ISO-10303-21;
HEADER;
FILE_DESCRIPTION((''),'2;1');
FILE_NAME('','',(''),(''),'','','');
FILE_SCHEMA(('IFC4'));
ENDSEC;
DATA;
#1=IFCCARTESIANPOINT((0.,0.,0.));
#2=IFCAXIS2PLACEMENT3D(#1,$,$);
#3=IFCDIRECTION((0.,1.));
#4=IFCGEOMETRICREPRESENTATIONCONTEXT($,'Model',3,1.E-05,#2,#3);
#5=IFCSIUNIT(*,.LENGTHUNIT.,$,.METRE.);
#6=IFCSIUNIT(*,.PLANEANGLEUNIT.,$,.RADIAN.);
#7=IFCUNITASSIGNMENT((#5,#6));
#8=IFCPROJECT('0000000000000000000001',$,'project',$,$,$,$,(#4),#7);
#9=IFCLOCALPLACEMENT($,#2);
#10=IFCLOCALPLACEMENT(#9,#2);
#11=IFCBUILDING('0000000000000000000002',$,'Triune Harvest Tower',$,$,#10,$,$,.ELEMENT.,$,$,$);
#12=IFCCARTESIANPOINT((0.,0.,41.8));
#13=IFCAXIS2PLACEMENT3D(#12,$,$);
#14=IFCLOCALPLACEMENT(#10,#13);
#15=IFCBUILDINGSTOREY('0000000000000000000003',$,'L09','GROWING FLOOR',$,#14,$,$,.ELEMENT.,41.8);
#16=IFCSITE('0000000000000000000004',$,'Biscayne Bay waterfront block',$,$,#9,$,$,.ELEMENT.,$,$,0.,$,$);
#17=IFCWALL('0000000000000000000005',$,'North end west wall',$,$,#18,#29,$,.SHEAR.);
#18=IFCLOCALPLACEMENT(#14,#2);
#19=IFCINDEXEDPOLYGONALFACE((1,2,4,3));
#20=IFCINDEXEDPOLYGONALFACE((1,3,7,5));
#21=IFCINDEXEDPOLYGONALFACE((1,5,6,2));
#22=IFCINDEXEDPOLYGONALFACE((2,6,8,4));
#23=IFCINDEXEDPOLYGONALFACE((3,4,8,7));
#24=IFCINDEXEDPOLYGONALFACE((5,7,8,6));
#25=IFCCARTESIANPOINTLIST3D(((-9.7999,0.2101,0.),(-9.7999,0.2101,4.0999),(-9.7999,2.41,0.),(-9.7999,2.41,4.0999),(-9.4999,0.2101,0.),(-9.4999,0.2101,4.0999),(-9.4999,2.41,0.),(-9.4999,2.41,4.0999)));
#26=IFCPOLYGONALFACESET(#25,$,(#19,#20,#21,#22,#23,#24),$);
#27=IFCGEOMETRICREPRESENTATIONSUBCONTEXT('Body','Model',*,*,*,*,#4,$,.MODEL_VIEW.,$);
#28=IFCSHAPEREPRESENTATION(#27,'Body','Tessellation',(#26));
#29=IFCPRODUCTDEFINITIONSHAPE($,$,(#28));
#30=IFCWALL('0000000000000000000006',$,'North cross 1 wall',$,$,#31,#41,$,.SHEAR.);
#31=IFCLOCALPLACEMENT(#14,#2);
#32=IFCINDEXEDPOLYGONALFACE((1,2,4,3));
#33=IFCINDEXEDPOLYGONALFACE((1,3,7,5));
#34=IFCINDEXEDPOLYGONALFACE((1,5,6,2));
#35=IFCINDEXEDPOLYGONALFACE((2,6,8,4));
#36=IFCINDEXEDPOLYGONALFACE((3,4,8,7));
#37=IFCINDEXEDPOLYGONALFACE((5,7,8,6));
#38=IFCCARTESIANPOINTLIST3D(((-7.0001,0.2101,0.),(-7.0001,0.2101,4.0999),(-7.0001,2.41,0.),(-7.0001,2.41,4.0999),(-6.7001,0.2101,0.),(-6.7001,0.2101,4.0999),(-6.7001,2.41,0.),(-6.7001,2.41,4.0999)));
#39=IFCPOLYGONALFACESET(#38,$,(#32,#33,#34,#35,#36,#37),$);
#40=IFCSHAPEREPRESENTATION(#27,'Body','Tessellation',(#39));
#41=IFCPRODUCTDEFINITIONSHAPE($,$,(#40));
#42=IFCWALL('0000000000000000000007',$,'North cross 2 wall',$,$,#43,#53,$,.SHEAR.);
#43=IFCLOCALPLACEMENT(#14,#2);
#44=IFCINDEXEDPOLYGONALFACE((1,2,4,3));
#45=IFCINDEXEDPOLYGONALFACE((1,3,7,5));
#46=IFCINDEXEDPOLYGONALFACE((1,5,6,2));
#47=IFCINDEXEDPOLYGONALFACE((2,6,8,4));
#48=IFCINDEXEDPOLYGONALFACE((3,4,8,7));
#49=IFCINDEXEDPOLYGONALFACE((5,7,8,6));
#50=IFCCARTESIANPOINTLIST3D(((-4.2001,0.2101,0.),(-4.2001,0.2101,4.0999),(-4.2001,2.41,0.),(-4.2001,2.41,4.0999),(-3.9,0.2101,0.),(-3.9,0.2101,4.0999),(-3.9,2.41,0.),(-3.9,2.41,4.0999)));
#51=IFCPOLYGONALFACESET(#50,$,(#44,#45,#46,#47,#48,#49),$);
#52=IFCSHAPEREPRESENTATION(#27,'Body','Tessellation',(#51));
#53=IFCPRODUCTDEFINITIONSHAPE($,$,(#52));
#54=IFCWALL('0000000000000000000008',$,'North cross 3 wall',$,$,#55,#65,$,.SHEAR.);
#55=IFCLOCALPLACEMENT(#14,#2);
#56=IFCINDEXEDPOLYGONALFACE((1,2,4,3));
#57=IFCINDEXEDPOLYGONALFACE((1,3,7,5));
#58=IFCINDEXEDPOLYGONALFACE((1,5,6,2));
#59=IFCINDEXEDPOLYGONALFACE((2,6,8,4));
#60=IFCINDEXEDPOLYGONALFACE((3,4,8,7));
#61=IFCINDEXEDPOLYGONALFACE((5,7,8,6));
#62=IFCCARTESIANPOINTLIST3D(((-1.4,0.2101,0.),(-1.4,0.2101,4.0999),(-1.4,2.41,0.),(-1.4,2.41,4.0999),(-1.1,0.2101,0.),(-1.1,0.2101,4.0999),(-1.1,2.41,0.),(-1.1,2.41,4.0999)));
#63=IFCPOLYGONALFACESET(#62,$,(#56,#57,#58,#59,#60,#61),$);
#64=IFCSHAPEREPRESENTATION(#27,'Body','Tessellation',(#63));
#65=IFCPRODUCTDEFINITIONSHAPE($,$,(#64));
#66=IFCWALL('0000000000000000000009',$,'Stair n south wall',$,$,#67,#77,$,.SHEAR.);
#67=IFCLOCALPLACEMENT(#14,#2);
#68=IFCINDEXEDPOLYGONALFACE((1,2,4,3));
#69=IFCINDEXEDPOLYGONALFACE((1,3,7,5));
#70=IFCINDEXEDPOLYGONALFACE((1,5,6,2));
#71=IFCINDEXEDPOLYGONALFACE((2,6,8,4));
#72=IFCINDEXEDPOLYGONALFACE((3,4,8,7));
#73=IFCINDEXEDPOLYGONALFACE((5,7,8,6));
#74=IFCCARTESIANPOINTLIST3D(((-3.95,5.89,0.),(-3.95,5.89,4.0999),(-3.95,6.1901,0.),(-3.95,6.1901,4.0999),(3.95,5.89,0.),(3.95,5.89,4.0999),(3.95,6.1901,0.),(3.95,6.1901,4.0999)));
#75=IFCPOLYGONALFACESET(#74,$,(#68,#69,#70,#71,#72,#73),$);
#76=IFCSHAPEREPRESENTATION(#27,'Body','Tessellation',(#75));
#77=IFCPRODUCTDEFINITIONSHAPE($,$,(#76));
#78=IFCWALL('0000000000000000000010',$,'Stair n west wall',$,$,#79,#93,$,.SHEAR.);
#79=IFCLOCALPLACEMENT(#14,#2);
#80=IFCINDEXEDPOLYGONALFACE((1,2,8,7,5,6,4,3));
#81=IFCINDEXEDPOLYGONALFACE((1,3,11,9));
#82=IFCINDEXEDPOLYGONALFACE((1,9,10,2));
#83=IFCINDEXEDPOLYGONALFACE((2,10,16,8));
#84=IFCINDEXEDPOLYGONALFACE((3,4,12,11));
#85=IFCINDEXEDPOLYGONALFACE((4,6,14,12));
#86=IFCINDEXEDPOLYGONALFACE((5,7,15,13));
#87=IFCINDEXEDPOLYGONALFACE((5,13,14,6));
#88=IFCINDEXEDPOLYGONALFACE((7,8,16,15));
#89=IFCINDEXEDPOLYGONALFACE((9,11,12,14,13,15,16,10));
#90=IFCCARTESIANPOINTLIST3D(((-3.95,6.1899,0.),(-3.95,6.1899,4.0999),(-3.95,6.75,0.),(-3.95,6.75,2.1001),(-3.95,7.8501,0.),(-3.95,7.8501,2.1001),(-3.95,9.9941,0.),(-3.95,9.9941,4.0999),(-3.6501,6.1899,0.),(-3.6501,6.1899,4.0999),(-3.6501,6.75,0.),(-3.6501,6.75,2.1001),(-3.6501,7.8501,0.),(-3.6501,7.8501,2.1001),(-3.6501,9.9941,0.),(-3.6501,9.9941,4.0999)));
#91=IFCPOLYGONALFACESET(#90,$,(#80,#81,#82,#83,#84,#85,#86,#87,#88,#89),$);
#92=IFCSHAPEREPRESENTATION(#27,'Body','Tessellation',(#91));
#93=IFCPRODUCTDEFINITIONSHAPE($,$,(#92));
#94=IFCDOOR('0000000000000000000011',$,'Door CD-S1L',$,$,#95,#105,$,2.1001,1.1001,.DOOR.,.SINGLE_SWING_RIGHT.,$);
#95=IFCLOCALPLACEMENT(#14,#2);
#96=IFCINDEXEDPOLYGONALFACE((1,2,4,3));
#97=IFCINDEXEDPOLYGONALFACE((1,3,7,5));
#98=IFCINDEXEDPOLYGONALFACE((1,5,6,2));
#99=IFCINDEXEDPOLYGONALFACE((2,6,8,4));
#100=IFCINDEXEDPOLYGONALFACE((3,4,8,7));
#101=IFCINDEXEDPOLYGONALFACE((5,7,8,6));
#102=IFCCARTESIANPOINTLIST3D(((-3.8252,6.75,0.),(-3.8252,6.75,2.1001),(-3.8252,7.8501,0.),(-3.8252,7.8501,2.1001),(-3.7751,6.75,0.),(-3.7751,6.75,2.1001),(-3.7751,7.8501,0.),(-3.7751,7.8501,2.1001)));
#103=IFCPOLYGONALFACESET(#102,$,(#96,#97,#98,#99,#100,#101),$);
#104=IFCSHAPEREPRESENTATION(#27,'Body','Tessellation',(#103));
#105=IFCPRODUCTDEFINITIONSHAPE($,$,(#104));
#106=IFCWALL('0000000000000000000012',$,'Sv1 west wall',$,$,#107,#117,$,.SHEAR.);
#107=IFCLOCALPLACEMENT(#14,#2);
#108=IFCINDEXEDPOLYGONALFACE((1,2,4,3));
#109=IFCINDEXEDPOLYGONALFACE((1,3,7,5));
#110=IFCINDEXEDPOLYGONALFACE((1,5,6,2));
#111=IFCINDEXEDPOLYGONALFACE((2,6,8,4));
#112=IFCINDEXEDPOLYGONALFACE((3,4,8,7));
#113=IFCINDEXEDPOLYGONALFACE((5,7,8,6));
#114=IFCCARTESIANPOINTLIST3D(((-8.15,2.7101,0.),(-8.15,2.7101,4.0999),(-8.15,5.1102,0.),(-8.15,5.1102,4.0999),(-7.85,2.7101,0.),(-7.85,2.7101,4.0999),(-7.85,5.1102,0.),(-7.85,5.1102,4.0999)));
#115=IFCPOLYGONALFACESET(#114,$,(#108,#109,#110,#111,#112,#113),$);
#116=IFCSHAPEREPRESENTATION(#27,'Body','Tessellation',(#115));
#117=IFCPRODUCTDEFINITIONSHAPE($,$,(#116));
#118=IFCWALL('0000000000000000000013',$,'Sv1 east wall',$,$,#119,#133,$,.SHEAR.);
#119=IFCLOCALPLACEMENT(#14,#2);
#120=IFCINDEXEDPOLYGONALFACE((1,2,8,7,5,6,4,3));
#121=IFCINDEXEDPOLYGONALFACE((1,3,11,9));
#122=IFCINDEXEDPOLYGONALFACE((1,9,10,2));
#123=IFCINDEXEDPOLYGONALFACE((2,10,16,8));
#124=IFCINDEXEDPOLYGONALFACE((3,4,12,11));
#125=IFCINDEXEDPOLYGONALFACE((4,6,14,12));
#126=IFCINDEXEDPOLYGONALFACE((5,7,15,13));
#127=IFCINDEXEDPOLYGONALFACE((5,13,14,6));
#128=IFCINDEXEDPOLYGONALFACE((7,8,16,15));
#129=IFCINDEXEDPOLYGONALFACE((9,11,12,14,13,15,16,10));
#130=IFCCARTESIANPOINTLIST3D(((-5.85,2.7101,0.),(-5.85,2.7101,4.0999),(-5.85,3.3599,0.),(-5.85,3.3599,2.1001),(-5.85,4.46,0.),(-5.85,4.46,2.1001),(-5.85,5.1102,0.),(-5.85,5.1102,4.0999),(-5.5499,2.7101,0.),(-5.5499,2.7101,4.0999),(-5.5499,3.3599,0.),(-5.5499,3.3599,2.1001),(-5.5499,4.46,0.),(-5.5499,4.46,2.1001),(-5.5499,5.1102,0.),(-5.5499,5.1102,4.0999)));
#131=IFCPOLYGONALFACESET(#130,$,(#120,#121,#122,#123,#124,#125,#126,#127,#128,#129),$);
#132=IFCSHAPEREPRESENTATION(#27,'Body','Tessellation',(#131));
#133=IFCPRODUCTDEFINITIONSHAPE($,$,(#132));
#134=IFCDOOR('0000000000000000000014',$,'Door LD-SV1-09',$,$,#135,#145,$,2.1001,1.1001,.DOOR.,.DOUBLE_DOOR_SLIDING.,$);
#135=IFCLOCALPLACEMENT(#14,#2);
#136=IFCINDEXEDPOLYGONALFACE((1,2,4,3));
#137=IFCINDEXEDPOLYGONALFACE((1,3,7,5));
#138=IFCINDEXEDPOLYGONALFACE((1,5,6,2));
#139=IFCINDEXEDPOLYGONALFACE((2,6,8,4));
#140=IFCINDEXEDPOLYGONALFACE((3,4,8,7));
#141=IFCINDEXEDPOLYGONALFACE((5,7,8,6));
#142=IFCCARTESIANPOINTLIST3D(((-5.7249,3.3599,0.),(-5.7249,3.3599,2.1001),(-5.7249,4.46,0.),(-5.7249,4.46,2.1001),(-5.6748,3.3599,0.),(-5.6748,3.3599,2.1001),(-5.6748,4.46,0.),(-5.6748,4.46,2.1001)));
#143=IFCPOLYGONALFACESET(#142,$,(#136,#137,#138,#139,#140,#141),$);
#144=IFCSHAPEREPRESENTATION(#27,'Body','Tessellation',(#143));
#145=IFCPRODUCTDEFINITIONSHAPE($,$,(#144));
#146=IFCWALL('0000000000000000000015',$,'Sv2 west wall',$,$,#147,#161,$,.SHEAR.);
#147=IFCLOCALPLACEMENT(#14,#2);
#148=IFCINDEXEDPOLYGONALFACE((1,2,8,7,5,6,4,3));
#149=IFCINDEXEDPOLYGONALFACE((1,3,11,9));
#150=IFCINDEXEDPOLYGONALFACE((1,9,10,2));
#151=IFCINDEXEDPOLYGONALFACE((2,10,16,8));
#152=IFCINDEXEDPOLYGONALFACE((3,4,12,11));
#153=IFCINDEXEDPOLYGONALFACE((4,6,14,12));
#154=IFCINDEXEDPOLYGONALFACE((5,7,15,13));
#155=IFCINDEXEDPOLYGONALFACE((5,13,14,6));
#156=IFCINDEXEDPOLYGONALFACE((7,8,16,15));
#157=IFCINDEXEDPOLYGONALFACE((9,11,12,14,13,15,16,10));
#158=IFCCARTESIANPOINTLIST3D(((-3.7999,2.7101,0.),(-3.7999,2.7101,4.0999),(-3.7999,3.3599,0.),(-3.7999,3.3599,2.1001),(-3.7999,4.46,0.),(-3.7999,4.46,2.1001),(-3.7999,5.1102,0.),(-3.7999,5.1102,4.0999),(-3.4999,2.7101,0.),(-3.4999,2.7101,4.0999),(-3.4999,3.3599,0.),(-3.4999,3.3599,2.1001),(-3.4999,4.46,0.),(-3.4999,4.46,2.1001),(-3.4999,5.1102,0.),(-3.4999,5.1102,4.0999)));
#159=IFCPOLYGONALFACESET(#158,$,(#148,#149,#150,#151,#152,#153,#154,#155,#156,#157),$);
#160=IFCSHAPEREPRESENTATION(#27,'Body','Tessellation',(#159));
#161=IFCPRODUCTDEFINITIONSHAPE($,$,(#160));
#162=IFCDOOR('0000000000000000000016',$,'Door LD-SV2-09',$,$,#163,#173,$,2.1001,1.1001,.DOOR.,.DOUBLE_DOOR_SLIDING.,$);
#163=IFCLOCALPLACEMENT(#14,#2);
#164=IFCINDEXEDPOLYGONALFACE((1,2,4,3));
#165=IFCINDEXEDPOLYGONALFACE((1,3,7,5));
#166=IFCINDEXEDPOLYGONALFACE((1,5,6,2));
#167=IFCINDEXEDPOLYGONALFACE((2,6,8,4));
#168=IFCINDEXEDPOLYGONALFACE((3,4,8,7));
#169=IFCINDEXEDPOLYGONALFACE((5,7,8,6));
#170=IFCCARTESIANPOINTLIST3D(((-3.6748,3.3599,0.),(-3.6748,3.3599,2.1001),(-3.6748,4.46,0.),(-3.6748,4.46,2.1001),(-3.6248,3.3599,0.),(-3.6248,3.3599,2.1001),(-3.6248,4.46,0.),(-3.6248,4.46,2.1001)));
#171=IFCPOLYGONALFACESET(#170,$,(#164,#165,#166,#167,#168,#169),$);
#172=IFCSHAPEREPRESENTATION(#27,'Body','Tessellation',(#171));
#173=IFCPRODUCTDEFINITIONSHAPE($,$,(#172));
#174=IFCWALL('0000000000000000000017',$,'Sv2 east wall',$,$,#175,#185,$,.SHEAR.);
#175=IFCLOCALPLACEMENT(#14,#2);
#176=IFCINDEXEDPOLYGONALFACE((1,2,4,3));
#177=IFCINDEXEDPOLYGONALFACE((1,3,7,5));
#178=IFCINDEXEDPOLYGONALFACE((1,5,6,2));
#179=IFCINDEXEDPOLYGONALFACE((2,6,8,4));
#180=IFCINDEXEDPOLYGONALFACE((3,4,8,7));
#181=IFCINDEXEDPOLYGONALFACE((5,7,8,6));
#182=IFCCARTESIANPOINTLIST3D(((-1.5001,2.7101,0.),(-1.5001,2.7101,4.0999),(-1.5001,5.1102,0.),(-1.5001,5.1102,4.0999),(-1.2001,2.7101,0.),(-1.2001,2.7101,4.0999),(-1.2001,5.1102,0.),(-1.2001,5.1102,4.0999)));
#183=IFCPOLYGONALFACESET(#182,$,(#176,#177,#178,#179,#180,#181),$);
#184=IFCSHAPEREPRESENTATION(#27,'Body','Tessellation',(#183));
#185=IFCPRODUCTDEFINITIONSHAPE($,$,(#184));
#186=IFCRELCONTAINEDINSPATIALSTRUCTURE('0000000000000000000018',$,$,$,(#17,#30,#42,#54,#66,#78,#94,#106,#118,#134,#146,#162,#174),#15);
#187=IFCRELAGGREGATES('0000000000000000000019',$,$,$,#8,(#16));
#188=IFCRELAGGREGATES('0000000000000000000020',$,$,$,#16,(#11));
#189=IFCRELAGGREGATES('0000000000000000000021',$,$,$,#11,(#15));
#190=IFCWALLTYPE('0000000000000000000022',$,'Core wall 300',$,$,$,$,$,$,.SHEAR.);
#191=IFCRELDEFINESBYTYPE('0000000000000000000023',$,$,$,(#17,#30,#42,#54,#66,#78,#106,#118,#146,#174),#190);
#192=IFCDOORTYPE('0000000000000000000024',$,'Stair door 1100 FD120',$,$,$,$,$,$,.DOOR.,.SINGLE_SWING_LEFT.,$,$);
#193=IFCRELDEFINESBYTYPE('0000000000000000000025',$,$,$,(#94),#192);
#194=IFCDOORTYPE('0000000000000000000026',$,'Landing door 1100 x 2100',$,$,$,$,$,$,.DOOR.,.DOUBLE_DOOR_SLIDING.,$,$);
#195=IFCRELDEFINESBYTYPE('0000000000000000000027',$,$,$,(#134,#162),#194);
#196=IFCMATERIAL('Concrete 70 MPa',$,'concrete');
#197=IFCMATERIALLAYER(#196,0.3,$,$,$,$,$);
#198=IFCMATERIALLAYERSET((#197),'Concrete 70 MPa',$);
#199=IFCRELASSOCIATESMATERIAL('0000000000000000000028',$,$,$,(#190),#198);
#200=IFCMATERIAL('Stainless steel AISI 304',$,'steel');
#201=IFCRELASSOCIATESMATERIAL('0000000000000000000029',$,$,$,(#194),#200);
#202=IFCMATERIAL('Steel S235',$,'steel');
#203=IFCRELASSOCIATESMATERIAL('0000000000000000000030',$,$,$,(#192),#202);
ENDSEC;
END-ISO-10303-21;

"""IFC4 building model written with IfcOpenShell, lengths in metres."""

from ifc_helpers import new_model, si_unit, direction, frame, frame_2d, origin, place, context, subcontext, project, spatial, polyline, rectangle, outline, extrude, source, transform, mapped, material, layer, layer_set, type_object, element, fill, save


model = new_model("IFC4")

# Units and contexts
model_context = context("Model", 3, precision=1e-05, world=origin(), true_north=direction((0.0, 1.0)))
body_context = subcontext(model_context, "Body", "Model", "MODEL_VIEW")
ifc_project = project(units=[si_unit("LENGTHUNIT", "METRE"), si_unit("PLANEANGLEUNIT", "RADIAN")], contexts=[model_context])

# Site, building, storey
site_placement = place(None, origin())
site = spatial("IfcSite", under=ifc_project, at=site_placement, Name="Biscayne Bay waterfront block", CompositionType="ELEMENT", RefElevation=0.0)
building_placement = place(site_placement, origin())
building = spatial("IfcBuilding", under=site, at=building_placement, Name="Triune Harvest Tower", CompositionType="ELEMENT")
storey_placement = place(building_placement, frame((0.0, 0.0, 41.8)))
storey = spatial("IfcBuildingStorey", under=building, at=storey_placement, Name="L09", Description="GROWING FLOOR", CompositionType="ELEMENT", Elevation=41.8)

# Shared definitions
ifc_material_1 = material(Name="Concrete 70 MPa", Category="concrete")
ifc_layer_1 = layer(ifc_material_1, 0.3)
ifc_layer_set_1 = layer_set([ifc_layer_1], Name="Concrete 70 MPa")
wall_type = type_object("IfcWallType", Name="Core wall 300", PredefinedType="SHEAR", material=ifc_layer_set_1)
ifc_material_2 = material(Name="Stainless steel AISI 304", Category="steel")
door_type_1 = type_object("IfcDoorType", Name="Landing door 1100 x 2100", OperationType="DOUBLE_DOOR_SLIDING", PredefinedType="DOOR", material=ifc_material_2)

# Walls
shared_shape_1 = source(origin(), body_context, "Body", "SweptSolid", [
    extrude(rectangle(XDim=2.2, YDim=0.3, at=frame_2d((1.1001, 0.0))), origin(), (0.0, 0.0, 1.0), 4.0999),
])
for number, where, z_axis, x_axis, name in (
    (1, (-9.6499, 0.21, 0.0), (0.0, 0.0, 1.0), (0.0, 1.0, 0.0), "North end west wall"),
    (2, (-6.8501, 0.21, 0.0), (0.0, 0.0, 1.0), (0.0, 1.0, 0.0), "North cross 1 wall"),
    (3, (-4.05, 0.21, 0.0), (0.0, 0.0, 1.0), (0.0, 1.0, 0.0), "North cross 2 wall"),
    (4, (-1.25, 0.21, 0.0), (0.0, 0.0, 1.0), (0.0, 1.0, 0.0), "North cross 3 wall"),
):
    element("IfcWall", number, at=place(storey_placement, frame(where, z_axis=z_axis, x_axis=x_axis)), inside=storey, type_object=wall_type, Name=name, PredefinedType="SHEAR", context=body_context, shape_type="MappedRepresentation", body=[
        mapped(shared_shape_1, transform((0.0, 0.0, 0.0), scale=1.0)),
    ])
shared_shape_2 = source(origin(), body_context, "Body", "SweptSolid", [
    extrude(rectangle(XDim=7.8999, YDim=0.3, at=frame_2d((3.95, 0.0))), origin(), (0.0, 0.0, 1.0), 4.0999),
])
wall_1_placement = place(storey_placement, frame((-3.95, 6.04, 0.0), z_axis=(0.0, 0.0, 1.0), x_axis=(1.0, 0.0, 0.0)))
element("IfcWall", 5, at=wall_1_placement, inside=storey, type_object=wall_type, Name="Stair n south wall", PredefinedType="SHEAR", context=body_context, shape_type="MappedRepresentation", body=[
    mapped(shared_shape_2, transform((0.0, 0.0, 0.0), scale=1.0)),
])

# Wall, opening, door
shared_shape_3 = source(origin(), body_context, "Body", "SweptSolid", [
    extrude(outline(polyline([(0.0, -0.1499), (0.0, 0.1499), (3.8042, 0.1499), (3.8042, -0.1499), (0.0, -0.1499)])), origin(), (0.0, 0.0, 1.0), 4.0999),
])
wall_2_placement = place(storey_placement, frame((-3.8, 6.1899, 0.0), z_axis=(0.0, 0.0, 1.0), x_axis=(0.0, 1.0, 0.0)))
wall_2 = element("IfcWall", 6, at=wall_2_placement, inside=storey, type_object=wall_type, Name="Stair n west wall", PredefinedType="SHEAR", context=body_context, shape_type="MappedRepresentation", body=[
    mapped(shared_shape_3, transform((0.0, 0.0, 0.0), scale=1.0)),
])
opening_1_placement = place(wall_2_placement, frame((0.5601, 0.0, 0.0)))
opening_1 = element("IfcOpeningElement", 7, at=opening_1_placement, cuts=wall_2, PredefinedType="OPENING", context=body_context, shape_type="SweptSolid", body=[
    extrude(rectangle(XDim=1.1001, YDim=2.1001, at=frame_2d((0.55, 1.05))), frame((0.0, 0.1602, 0.0), z_axis=(0.0, -1.0, 0.0), x_axis=(1.0, 0.0, 0.0)), (0.0, 0.0, 1.0), 0.3201),
])
ifc_material_3 = material(Name="Steel S235", Category="steel")
door_type_2 = type_object("IfcDoorType", Name="Stair door 1100 FD120", OperationType="SINGLE_SWING_LEFT", PredefinedType="DOOR", material=ifc_material_3)
door_1_placement = place(opening_1_placement, frame((1.1001, 0.0, 0.0), z_axis=(0.0, 0.0, 1.0), x_axis=(-1.0, 0.0, 0.0)))
door_1 = element("IfcDoor", 8, at=door_1_placement, inside=storey, type_object=door_type_2, Name="Door CD-S1L", OperationType="SINGLE_SWING_RIGHT", OverallHeight=2.1001, OverallWidth=1.1001, PredefinedType="DOOR", context=body_context, shape_type="SweptSolid", body=[
    extrude(rectangle(XDim=1.1001, YDim=2.1001, at=frame_2d((0.55, 1.05))), frame((0.0, 0.0249, 0.0), z_axis=(0.0, -1.0, 0.0), x_axis=(1.0, 0.0, 0.0)), (0.0, 0.0, 1.0), 0.05),
])
fill(opening_1, door_1)

# Wall
shared_shape_4 = source(origin(), body_context, "Body", "SweptSolid", [
    extrude(rectangle(XDim=2.4001, YDim=0.3, at=frame_2d((1.2002, 0.0))), origin(), (0.0, 0.0, 1.0), 4.0999),
])
wall_3_placement = place(storey_placement, frame((-8.0, 2.71, 0.0), z_axis=(0.0, 0.0, 1.0), x_axis=(0.0, 1.0, 0.0)))
element("IfcWall", 9, at=wall_3_placement, inside=storey, type_object=wall_type, Name="Sv1 west wall", PredefinedType="SHEAR", context=body_context, shape_type="MappedRepresentation", body=[
    mapped(shared_shape_4, transform((0.0, 0.0, 0.0), scale=1.0)),
])

# Walls, openings, doors
wall_4_placement = place(storey_placement, frame((-5.7, 2.71, 0.0), z_axis=(0.0, 0.0, 1.0), x_axis=(0.0, 1.0, 0.0)))
wall_4 = element("IfcWall", 10, at=wall_4_placement, inside=storey, type_object=wall_type, Name="Sv1 east wall", PredefinedType="SHEAR", context=body_context, shape_type="MappedRepresentation", body=[
    mapped(shared_shape_4, transform((0.0, 0.0, 0.0), scale=1.0)),
])
opening_2_placement = place(wall_4_placement, frame((0.6499, 0.0, 0.0)))
opening_2 = element("IfcOpeningElement", 11, at=opening_2_placement, cuts=wall_4, PredefinedType="OPENING", context=body_context, shape_type="SweptSolid", body=[
    extrude(rectangle(XDim=1.1001, YDim=2.1001, at=frame_2d((0.55, 1.05))), frame((0.0, 0.1602, 0.0), z_axis=(0.0, -1.0, 0.0), x_axis=(1.0, 0.0, 0.0)), (0.0, 0.0, 1.0), 0.3201),
])
door_2_placement = place(opening_2_placement, origin())
door_2 = element("IfcDoor", 12, at=door_2_placement, inside=storey, type_object=door_type_1, Name="Door LD-SV1-09", OperationType="DOUBLE_DOOR_SLIDING", OverallHeight=2.1001, OverallWidth=1.1001, PredefinedType="DOOR", context=body_context, shape_type="SweptSolid", body=[
    extrude(rectangle(XDim=1.1001, YDim=2.1001, at=frame_2d((0.55, 1.05))), frame((0.0, 0.0249, 0.0), z_axis=(0.0, -1.0, 0.0), x_axis=(1.0, 0.0, 0.0)), (0.0, 0.0, 1.0), 0.05),
])
fill(opening_2, door_2)
wall_5_placement = place(storey_placement, frame((-3.6499, 2.71, 0.0), z_axis=(0.0, 0.0, 1.0), x_axis=(0.0, 1.0, 0.0)))
wall_5 = element("IfcWall", 13, at=wall_5_placement, inside=storey, type_object=wall_type, Name="Sv2 west wall", PredefinedType="SHEAR", context=body_context, shape_type="MappedRepresentation", body=[
    mapped(shared_shape_4, transform((0.0, 0.0, 0.0), scale=1.0)),
])
opening_3_placement = place(wall_5_placement, frame((0.6499, 0.0, 0.0)))
opening_3 = element("IfcOpeningElement", 14, at=opening_3_placement, cuts=wall_5, PredefinedType="OPENING", context=body_context, shape_type="SweptSolid", body=[
    extrude(rectangle(XDim=1.1001, YDim=2.1001, at=frame_2d((0.55, 1.05))), frame((0.0, 0.1602, 0.0), z_axis=(0.0, -1.0, 0.0), x_axis=(1.0, 0.0, 0.0)), (0.0, 0.0, 1.0), 0.3201),
])
door_3_placement = place(opening_3_placement, origin())
door_3 = element("IfcDoor", 15, at=door_3_placement, inside=storey, type_object=door_type_1, Name="Door LD-SV2-09", OperationType="DOUBLE_DOOR_SLIDING", OverallHeight=2.1001, OverallWidth=1.1001, PredefinedType="DOOR", context=body_context, shape_type="SweptSolid", body=[
    extrude(rectangle(XDim=1.1001, YDim=2.1001, at=frame_2d((0.55, 1.05))), frame((0.0, 0.0249, 0.0), z_axis=(0.0, -1.0, 0.0), x_axis=(1.0, 0.0, 0.0)), (0.0, 0.0, 1.0), 0.05),
])
fill(opening_3, door_3)

# Wall
wall_6_placement = place(storey_placement, frame((-1.3501, 2.71, 0.0), z_axis=(0.0, 0.0, 1.0), x_axis=(0.0, 1.0, 0.0)))
element("IfcWall", 16, at=wall_6_placement, inside=storey, type_object=wall_type, Name="Sv2 east wall", PredefinedType="SHEAR", context=body_context, shape_type="MappedRepresentation", body=[
    mapped(shared_shape_4, transform((0.0, 0.0, 0.0), scale=1.0)),
])

save(model, "model.ifc")
